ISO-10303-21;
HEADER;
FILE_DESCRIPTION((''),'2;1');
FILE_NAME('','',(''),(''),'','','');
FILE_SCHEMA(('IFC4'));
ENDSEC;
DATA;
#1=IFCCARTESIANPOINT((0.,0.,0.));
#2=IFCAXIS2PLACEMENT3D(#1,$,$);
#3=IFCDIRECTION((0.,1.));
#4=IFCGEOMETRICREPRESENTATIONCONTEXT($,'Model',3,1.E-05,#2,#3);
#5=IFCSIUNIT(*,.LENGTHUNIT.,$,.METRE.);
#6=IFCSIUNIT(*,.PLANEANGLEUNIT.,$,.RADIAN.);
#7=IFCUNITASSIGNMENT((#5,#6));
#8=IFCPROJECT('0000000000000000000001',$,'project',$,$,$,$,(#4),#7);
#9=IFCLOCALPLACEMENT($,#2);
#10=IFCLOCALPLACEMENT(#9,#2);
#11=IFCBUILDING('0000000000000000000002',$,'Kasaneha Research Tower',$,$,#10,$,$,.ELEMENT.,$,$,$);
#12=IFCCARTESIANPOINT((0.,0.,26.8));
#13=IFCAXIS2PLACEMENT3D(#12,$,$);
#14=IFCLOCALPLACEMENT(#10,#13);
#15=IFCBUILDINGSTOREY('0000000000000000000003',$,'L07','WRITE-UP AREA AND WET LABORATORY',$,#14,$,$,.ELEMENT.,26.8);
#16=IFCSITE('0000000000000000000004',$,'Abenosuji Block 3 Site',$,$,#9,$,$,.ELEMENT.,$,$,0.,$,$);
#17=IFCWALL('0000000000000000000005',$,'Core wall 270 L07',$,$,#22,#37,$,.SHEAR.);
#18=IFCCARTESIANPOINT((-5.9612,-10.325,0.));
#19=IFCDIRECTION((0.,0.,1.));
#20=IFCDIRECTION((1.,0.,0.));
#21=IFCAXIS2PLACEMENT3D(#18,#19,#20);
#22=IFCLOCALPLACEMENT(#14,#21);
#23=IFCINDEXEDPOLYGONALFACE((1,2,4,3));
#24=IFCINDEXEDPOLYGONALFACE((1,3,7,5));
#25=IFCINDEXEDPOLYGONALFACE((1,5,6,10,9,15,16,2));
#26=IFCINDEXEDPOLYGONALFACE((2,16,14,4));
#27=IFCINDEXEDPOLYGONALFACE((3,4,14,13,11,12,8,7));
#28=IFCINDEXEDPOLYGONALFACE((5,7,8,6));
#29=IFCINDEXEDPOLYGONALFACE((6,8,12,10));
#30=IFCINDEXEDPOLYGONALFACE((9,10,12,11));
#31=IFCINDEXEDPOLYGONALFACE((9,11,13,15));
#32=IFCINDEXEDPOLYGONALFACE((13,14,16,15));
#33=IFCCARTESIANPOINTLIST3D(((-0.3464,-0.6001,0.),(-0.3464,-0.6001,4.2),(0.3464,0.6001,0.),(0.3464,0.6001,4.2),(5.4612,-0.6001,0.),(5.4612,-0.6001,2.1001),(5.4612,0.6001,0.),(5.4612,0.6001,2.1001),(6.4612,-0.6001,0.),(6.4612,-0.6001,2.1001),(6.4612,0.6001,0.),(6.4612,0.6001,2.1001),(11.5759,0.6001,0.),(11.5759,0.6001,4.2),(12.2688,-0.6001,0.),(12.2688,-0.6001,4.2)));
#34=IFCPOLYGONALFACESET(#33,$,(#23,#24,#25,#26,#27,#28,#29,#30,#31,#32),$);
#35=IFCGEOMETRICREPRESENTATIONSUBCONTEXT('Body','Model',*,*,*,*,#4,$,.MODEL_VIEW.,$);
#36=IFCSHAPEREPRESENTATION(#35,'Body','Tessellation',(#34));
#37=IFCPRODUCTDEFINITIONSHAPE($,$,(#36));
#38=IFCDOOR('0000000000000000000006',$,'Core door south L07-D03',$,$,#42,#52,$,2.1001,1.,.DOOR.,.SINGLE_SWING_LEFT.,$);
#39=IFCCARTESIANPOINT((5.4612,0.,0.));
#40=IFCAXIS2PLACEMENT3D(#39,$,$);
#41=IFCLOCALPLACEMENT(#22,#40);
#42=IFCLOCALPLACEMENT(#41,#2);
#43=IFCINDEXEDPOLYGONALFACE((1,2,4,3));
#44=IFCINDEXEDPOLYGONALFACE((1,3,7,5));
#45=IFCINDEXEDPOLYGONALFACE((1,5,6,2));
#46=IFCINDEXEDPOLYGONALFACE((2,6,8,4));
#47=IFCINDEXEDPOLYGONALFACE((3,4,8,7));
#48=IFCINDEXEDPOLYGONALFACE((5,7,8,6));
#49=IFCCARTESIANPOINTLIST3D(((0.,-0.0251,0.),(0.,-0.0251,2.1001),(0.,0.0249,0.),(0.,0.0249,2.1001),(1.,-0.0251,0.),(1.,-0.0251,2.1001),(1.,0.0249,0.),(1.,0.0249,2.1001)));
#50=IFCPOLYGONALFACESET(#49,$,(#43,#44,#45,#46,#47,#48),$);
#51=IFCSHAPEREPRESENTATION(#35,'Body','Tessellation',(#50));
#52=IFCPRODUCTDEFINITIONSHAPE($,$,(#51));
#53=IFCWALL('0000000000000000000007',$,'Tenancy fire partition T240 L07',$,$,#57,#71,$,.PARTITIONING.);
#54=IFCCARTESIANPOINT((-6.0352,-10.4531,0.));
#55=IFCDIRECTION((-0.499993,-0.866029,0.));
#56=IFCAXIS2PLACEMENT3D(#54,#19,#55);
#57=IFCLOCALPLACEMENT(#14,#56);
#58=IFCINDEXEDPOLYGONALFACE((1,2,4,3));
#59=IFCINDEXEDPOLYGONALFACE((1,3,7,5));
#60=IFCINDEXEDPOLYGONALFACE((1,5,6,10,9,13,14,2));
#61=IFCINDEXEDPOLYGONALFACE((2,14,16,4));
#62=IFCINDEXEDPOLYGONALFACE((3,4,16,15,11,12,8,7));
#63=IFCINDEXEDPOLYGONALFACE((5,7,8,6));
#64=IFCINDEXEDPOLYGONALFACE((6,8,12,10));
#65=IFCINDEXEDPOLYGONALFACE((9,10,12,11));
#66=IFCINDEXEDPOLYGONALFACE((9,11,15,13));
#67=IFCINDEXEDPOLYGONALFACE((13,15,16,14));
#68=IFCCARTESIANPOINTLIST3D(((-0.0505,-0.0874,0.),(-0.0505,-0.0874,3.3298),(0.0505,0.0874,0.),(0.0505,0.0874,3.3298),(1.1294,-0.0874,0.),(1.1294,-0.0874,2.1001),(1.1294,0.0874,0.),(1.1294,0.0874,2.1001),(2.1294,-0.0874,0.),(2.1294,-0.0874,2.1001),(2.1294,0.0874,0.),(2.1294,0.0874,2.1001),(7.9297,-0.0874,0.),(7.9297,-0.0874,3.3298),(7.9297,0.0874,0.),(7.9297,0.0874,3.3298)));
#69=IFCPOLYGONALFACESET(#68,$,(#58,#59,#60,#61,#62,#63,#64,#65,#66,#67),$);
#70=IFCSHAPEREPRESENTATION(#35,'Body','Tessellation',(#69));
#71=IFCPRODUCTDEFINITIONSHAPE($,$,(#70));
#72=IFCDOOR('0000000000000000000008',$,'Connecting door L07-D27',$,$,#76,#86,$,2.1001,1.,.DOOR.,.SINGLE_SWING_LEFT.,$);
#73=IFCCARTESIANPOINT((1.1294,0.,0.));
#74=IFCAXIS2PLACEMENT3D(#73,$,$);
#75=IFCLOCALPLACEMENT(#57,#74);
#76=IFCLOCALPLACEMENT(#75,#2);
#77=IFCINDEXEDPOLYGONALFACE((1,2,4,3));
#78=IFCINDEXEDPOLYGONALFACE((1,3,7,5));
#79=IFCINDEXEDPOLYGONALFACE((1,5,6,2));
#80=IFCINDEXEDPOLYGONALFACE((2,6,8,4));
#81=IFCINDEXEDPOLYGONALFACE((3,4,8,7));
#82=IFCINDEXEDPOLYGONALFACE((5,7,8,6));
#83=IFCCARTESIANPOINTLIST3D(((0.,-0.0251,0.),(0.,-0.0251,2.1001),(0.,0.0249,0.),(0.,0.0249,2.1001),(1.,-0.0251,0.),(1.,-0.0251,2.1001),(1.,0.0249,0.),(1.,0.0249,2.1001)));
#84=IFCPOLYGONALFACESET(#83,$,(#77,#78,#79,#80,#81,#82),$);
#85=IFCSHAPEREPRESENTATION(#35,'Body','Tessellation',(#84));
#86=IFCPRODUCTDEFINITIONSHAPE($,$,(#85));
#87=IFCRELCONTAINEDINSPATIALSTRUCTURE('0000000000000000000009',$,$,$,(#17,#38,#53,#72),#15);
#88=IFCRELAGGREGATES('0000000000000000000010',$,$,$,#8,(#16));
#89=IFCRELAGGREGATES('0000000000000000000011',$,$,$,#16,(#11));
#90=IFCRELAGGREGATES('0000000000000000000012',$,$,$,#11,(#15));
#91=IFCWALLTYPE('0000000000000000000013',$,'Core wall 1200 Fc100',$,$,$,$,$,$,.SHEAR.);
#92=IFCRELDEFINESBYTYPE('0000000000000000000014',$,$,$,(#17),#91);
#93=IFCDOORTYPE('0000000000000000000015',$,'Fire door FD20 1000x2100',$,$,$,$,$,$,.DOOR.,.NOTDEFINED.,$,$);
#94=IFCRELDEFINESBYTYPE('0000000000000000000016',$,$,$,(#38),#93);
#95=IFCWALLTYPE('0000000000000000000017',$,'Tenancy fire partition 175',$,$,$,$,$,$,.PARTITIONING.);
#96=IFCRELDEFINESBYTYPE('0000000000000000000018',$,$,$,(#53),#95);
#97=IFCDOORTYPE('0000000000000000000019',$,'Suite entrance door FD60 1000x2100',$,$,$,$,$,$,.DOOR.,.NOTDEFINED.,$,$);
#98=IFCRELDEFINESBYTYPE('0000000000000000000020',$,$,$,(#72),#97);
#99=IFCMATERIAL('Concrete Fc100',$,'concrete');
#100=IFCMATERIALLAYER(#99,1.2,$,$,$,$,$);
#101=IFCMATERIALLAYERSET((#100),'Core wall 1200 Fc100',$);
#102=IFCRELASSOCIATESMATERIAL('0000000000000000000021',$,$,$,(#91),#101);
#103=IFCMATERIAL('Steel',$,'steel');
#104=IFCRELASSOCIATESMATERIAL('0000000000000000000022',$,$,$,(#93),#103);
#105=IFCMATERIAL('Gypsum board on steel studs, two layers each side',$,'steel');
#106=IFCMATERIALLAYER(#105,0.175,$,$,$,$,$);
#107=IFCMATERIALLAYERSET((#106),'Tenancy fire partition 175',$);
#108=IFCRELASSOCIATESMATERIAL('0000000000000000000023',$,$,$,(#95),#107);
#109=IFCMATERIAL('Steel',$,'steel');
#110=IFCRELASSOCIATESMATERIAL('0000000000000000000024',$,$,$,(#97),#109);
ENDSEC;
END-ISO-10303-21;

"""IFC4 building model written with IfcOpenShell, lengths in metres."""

from ifc_helpers import new_model, si_unit, direction, frame, frame_2d, origin, place, context, subcontext, project, spatial, polyline, rectangle, outline, extrude, material, layer, layer_set, type_object, element, fill, save


model = new_model("IFC4")

# Units and contexts
model_context = context("Model", 3, precision=1e-05, world=origin(), true_north=direction((0.0, 1.0)))
body_context = subcontext(model_context, "Body", "Model", "MODEL_VIEW")
ifc_project = project(units=[si_unit("LENGTHUNIT", "METRE"), si_unit("PLANEANGLEUNIT", "RADIAN")], contexts=[model_context])

# Site, building, storey
site_placement = place(None, origin())
site = spatial("IfcSite", under=ifc_project, at=site_placement, Name="Abenosuji Block 3 Site", CompositionType="ELEMENT", RefElevation=0.0)
building_placement = place(site_placement, origin())
building = spatial("IfcBuilding", under=site, at=building_placement, Name="Kasaneha Research Tower", CompositionType="ELEMENT")
storey_placement = place(building_placement, frame((0.0, 0.0, 26.8)))
storey = spatial("IfcBuildingStorey", under=building, at=storey_placement, Name="L07", Description="WRITE-UP AREA AND WET LABORATORY", CompositionType="ELEMENT", Elevation=26.8)

# Wall, opening, door
ifc_material_1 = material(Name="Concrete Fc100", Category="concrete")
ifc_layer_1 = layer(ifc_material_1, 1.2)
ifc_layer_set_1 = layer_set([ifc_layer_1], Name="Core wall 1200 Fc100")
wall_type_1 = type_object("IfcWallType", Name="Core wall 1200 Fc100", PredefinedType="SHEAR", material=ifc_layer_set_1)
wall_1_placement = place(storey_placement, frame((-5.9612, -10.325, 0.0), z_axis=(0.0, 0.0, 1.0), x_axis=(1.0, 0.0, 0.0)))
wall_1 = element("IfcWall", 1, at=wall_1_placement, inside=storey, type_object=wall_type_1, Name="Core wall 270 L07", PredefinedType="SHEAR", context=body_context, shape_type="SweptSolid", body=[
    extrude(outline(polyline([(-0.3464, -0.6001), (5.4612, -0.6001), (6.4612, -0.6001), (12.2688, -0.6001), (11.5759, 0.6001), (6.4612, 0.6001), (5.4612, 0.6001), (0.3464, 0.6001), (-0.3464, -0.6001)])), origin(), (0.0, 0.0, 1.0), 4.2),
])
opening_1_placement = place(wall_1_placement, frame((5.4612, 0.0, 0.0)))
opening_1 = element("IfcOpeningElement", 2, at=opening_1_placement, cuts=wall_1, PredefinedType="OPENING", context=body_context, shape_type="SweptSolid", body=[
    extrude(rectangle(XDim=1.0, YDim=2.1001, at=frame_2d((0.5, 1.05))), frame((0.0, 0.6099, 0.0), z_axis=(0.0, -1.0, 0.0), x_axis=(1.0, 0.0, 0.0)), (0.0, 0.0, 1.0), 1.22),
])
ifc_material_2 = material(Name="Steel", Category="steel")
door_type_1 = type_object("IfcDoorType", Name="Fire door FD20 1000x2100", OperationType="NOTDEFINED", PredefinedType="DOOR", material=ifc_material_2)
door_1_placement = place(opening_1_placement, origin())
door_1 = element("IfcDoor", 3, at=door_1_placement, inside=storey, type_object=door_type_1, Name="Core door south L07-D03", OperationType="SINGLE_SWING_LEFT", OverallHeight=2.1001, OverallWidth=1.0, PredefinedType="DOOR", context=body_context, shape_type="SweptSolid", body=[
    extrude(rectangle(XDim=1.0, YDim=2.1001, at=frame_2d((0.5, 1.05))), frame((0.0, 0.0249, 0.0), z_axis=(0.0, -1.0, 0.0), x_axis=(1.0, 0.0, 0.0)), (0.0, 0.0, 1.0), 0.05),
])
fill(opening_1, door_1)

# Wall, opening, door
ifc_material_3 = material(Name="Gypsum board on steel studs, two layers each side", Category="steel")
ifc_layer_2 = layer(ifc_material_3, 0.175)
ifc_layer_set_2 = layer_set([ifc_layer_2], Name="Tenancy fire partition 175")
wall_type_2 = type_object("IfcWallType", Name="Tenancy fire partition 175", PredefinedType="PARTITIONING", material=ifc_layer_set_2)
wall_2_placement = place(storey_placement, frame((-6.0352, -10.4531, 0.0), z_axis=(0.0, 0.0, 1.0), x_axis=(-0.499993, -0.866029, 0.0)))
wall_2 = element("IfcWall", 4, at=wall_2_placement, inside=storey, type_object=wall_type_2, Name="Tenancy fire partition T240 L07", PredefinedType="PARTITIONING", context=body_context, shape_type="SweptSolid", body=[
    extrude(outline(polyline([(-0.0505, -0.0874), (1.1294, -0.0874), (2.1294, -0.0874), (7.9297, -0.0874), (7.9297, 0.0874), (2.1294, 0.0874), (1.1294, 0.0874), (0.0505, 0.0874), (-0.0505, -0.0874)])), origin(), (0.0, 0.0, 1.0), 3.3298),
])
opening_2_placement = place(wall_2_placement, frame((1.1294, 0.0, 0.0)))
opening_2 = element("IfcOpeningElement", 5, at=opening_2_placement, cuts=wall_2, PredefinedType="OPENING", context=body_context, shape_type="SweptSolid", body=[
    extrude(rectangle(XDim=1.0, YDim=2.1001, at=frame_2d((0.5, 1.05))), frame((0.0, 0.0977, 0.0), z_axis=(0.0, -1.0, 0.0), x_axis=(1.0, 0.0, 0.0)), (0.0, 0.0, 1.0), 0.1951),
])
ifc_material_4 = material(Name="Steel", Category="steel")
door_type_2 = type_object("IfcDoorType", Name="Suite entrance door FD60 1000x2100", OperationType="NOTDEFINED", PredefinedType="DOOR", material=ifc_material_4)
door_2_placement = place(opening_2_placement, origin())
door_2 = element("IfcDoor", 6, at=door_2_placement, inside=storey, type_object=door_type_2, Name="Connecting door L07-D27", OperationType="SINGLE_SWING_LEFT", OverallHeight=2.1001, OverallWidth=1.0, PredefinedType="DOOR", context=body_context, shape_type="SweptSolid", body=[
    extrude(rectangle(XDim=1.0, YDim=2.1001, at=frame_2d((0.5, 1.05))), frame((0.0, 0.0249, 0.0), z_axis=(0.0, -1.0, 0.0), x_axis=(1.0, 0.0, 0.0)), (0.0, 0.0, 1.0), 0.05),
])
fill(opening_2, door_2)

save(model, "model.ifc")
